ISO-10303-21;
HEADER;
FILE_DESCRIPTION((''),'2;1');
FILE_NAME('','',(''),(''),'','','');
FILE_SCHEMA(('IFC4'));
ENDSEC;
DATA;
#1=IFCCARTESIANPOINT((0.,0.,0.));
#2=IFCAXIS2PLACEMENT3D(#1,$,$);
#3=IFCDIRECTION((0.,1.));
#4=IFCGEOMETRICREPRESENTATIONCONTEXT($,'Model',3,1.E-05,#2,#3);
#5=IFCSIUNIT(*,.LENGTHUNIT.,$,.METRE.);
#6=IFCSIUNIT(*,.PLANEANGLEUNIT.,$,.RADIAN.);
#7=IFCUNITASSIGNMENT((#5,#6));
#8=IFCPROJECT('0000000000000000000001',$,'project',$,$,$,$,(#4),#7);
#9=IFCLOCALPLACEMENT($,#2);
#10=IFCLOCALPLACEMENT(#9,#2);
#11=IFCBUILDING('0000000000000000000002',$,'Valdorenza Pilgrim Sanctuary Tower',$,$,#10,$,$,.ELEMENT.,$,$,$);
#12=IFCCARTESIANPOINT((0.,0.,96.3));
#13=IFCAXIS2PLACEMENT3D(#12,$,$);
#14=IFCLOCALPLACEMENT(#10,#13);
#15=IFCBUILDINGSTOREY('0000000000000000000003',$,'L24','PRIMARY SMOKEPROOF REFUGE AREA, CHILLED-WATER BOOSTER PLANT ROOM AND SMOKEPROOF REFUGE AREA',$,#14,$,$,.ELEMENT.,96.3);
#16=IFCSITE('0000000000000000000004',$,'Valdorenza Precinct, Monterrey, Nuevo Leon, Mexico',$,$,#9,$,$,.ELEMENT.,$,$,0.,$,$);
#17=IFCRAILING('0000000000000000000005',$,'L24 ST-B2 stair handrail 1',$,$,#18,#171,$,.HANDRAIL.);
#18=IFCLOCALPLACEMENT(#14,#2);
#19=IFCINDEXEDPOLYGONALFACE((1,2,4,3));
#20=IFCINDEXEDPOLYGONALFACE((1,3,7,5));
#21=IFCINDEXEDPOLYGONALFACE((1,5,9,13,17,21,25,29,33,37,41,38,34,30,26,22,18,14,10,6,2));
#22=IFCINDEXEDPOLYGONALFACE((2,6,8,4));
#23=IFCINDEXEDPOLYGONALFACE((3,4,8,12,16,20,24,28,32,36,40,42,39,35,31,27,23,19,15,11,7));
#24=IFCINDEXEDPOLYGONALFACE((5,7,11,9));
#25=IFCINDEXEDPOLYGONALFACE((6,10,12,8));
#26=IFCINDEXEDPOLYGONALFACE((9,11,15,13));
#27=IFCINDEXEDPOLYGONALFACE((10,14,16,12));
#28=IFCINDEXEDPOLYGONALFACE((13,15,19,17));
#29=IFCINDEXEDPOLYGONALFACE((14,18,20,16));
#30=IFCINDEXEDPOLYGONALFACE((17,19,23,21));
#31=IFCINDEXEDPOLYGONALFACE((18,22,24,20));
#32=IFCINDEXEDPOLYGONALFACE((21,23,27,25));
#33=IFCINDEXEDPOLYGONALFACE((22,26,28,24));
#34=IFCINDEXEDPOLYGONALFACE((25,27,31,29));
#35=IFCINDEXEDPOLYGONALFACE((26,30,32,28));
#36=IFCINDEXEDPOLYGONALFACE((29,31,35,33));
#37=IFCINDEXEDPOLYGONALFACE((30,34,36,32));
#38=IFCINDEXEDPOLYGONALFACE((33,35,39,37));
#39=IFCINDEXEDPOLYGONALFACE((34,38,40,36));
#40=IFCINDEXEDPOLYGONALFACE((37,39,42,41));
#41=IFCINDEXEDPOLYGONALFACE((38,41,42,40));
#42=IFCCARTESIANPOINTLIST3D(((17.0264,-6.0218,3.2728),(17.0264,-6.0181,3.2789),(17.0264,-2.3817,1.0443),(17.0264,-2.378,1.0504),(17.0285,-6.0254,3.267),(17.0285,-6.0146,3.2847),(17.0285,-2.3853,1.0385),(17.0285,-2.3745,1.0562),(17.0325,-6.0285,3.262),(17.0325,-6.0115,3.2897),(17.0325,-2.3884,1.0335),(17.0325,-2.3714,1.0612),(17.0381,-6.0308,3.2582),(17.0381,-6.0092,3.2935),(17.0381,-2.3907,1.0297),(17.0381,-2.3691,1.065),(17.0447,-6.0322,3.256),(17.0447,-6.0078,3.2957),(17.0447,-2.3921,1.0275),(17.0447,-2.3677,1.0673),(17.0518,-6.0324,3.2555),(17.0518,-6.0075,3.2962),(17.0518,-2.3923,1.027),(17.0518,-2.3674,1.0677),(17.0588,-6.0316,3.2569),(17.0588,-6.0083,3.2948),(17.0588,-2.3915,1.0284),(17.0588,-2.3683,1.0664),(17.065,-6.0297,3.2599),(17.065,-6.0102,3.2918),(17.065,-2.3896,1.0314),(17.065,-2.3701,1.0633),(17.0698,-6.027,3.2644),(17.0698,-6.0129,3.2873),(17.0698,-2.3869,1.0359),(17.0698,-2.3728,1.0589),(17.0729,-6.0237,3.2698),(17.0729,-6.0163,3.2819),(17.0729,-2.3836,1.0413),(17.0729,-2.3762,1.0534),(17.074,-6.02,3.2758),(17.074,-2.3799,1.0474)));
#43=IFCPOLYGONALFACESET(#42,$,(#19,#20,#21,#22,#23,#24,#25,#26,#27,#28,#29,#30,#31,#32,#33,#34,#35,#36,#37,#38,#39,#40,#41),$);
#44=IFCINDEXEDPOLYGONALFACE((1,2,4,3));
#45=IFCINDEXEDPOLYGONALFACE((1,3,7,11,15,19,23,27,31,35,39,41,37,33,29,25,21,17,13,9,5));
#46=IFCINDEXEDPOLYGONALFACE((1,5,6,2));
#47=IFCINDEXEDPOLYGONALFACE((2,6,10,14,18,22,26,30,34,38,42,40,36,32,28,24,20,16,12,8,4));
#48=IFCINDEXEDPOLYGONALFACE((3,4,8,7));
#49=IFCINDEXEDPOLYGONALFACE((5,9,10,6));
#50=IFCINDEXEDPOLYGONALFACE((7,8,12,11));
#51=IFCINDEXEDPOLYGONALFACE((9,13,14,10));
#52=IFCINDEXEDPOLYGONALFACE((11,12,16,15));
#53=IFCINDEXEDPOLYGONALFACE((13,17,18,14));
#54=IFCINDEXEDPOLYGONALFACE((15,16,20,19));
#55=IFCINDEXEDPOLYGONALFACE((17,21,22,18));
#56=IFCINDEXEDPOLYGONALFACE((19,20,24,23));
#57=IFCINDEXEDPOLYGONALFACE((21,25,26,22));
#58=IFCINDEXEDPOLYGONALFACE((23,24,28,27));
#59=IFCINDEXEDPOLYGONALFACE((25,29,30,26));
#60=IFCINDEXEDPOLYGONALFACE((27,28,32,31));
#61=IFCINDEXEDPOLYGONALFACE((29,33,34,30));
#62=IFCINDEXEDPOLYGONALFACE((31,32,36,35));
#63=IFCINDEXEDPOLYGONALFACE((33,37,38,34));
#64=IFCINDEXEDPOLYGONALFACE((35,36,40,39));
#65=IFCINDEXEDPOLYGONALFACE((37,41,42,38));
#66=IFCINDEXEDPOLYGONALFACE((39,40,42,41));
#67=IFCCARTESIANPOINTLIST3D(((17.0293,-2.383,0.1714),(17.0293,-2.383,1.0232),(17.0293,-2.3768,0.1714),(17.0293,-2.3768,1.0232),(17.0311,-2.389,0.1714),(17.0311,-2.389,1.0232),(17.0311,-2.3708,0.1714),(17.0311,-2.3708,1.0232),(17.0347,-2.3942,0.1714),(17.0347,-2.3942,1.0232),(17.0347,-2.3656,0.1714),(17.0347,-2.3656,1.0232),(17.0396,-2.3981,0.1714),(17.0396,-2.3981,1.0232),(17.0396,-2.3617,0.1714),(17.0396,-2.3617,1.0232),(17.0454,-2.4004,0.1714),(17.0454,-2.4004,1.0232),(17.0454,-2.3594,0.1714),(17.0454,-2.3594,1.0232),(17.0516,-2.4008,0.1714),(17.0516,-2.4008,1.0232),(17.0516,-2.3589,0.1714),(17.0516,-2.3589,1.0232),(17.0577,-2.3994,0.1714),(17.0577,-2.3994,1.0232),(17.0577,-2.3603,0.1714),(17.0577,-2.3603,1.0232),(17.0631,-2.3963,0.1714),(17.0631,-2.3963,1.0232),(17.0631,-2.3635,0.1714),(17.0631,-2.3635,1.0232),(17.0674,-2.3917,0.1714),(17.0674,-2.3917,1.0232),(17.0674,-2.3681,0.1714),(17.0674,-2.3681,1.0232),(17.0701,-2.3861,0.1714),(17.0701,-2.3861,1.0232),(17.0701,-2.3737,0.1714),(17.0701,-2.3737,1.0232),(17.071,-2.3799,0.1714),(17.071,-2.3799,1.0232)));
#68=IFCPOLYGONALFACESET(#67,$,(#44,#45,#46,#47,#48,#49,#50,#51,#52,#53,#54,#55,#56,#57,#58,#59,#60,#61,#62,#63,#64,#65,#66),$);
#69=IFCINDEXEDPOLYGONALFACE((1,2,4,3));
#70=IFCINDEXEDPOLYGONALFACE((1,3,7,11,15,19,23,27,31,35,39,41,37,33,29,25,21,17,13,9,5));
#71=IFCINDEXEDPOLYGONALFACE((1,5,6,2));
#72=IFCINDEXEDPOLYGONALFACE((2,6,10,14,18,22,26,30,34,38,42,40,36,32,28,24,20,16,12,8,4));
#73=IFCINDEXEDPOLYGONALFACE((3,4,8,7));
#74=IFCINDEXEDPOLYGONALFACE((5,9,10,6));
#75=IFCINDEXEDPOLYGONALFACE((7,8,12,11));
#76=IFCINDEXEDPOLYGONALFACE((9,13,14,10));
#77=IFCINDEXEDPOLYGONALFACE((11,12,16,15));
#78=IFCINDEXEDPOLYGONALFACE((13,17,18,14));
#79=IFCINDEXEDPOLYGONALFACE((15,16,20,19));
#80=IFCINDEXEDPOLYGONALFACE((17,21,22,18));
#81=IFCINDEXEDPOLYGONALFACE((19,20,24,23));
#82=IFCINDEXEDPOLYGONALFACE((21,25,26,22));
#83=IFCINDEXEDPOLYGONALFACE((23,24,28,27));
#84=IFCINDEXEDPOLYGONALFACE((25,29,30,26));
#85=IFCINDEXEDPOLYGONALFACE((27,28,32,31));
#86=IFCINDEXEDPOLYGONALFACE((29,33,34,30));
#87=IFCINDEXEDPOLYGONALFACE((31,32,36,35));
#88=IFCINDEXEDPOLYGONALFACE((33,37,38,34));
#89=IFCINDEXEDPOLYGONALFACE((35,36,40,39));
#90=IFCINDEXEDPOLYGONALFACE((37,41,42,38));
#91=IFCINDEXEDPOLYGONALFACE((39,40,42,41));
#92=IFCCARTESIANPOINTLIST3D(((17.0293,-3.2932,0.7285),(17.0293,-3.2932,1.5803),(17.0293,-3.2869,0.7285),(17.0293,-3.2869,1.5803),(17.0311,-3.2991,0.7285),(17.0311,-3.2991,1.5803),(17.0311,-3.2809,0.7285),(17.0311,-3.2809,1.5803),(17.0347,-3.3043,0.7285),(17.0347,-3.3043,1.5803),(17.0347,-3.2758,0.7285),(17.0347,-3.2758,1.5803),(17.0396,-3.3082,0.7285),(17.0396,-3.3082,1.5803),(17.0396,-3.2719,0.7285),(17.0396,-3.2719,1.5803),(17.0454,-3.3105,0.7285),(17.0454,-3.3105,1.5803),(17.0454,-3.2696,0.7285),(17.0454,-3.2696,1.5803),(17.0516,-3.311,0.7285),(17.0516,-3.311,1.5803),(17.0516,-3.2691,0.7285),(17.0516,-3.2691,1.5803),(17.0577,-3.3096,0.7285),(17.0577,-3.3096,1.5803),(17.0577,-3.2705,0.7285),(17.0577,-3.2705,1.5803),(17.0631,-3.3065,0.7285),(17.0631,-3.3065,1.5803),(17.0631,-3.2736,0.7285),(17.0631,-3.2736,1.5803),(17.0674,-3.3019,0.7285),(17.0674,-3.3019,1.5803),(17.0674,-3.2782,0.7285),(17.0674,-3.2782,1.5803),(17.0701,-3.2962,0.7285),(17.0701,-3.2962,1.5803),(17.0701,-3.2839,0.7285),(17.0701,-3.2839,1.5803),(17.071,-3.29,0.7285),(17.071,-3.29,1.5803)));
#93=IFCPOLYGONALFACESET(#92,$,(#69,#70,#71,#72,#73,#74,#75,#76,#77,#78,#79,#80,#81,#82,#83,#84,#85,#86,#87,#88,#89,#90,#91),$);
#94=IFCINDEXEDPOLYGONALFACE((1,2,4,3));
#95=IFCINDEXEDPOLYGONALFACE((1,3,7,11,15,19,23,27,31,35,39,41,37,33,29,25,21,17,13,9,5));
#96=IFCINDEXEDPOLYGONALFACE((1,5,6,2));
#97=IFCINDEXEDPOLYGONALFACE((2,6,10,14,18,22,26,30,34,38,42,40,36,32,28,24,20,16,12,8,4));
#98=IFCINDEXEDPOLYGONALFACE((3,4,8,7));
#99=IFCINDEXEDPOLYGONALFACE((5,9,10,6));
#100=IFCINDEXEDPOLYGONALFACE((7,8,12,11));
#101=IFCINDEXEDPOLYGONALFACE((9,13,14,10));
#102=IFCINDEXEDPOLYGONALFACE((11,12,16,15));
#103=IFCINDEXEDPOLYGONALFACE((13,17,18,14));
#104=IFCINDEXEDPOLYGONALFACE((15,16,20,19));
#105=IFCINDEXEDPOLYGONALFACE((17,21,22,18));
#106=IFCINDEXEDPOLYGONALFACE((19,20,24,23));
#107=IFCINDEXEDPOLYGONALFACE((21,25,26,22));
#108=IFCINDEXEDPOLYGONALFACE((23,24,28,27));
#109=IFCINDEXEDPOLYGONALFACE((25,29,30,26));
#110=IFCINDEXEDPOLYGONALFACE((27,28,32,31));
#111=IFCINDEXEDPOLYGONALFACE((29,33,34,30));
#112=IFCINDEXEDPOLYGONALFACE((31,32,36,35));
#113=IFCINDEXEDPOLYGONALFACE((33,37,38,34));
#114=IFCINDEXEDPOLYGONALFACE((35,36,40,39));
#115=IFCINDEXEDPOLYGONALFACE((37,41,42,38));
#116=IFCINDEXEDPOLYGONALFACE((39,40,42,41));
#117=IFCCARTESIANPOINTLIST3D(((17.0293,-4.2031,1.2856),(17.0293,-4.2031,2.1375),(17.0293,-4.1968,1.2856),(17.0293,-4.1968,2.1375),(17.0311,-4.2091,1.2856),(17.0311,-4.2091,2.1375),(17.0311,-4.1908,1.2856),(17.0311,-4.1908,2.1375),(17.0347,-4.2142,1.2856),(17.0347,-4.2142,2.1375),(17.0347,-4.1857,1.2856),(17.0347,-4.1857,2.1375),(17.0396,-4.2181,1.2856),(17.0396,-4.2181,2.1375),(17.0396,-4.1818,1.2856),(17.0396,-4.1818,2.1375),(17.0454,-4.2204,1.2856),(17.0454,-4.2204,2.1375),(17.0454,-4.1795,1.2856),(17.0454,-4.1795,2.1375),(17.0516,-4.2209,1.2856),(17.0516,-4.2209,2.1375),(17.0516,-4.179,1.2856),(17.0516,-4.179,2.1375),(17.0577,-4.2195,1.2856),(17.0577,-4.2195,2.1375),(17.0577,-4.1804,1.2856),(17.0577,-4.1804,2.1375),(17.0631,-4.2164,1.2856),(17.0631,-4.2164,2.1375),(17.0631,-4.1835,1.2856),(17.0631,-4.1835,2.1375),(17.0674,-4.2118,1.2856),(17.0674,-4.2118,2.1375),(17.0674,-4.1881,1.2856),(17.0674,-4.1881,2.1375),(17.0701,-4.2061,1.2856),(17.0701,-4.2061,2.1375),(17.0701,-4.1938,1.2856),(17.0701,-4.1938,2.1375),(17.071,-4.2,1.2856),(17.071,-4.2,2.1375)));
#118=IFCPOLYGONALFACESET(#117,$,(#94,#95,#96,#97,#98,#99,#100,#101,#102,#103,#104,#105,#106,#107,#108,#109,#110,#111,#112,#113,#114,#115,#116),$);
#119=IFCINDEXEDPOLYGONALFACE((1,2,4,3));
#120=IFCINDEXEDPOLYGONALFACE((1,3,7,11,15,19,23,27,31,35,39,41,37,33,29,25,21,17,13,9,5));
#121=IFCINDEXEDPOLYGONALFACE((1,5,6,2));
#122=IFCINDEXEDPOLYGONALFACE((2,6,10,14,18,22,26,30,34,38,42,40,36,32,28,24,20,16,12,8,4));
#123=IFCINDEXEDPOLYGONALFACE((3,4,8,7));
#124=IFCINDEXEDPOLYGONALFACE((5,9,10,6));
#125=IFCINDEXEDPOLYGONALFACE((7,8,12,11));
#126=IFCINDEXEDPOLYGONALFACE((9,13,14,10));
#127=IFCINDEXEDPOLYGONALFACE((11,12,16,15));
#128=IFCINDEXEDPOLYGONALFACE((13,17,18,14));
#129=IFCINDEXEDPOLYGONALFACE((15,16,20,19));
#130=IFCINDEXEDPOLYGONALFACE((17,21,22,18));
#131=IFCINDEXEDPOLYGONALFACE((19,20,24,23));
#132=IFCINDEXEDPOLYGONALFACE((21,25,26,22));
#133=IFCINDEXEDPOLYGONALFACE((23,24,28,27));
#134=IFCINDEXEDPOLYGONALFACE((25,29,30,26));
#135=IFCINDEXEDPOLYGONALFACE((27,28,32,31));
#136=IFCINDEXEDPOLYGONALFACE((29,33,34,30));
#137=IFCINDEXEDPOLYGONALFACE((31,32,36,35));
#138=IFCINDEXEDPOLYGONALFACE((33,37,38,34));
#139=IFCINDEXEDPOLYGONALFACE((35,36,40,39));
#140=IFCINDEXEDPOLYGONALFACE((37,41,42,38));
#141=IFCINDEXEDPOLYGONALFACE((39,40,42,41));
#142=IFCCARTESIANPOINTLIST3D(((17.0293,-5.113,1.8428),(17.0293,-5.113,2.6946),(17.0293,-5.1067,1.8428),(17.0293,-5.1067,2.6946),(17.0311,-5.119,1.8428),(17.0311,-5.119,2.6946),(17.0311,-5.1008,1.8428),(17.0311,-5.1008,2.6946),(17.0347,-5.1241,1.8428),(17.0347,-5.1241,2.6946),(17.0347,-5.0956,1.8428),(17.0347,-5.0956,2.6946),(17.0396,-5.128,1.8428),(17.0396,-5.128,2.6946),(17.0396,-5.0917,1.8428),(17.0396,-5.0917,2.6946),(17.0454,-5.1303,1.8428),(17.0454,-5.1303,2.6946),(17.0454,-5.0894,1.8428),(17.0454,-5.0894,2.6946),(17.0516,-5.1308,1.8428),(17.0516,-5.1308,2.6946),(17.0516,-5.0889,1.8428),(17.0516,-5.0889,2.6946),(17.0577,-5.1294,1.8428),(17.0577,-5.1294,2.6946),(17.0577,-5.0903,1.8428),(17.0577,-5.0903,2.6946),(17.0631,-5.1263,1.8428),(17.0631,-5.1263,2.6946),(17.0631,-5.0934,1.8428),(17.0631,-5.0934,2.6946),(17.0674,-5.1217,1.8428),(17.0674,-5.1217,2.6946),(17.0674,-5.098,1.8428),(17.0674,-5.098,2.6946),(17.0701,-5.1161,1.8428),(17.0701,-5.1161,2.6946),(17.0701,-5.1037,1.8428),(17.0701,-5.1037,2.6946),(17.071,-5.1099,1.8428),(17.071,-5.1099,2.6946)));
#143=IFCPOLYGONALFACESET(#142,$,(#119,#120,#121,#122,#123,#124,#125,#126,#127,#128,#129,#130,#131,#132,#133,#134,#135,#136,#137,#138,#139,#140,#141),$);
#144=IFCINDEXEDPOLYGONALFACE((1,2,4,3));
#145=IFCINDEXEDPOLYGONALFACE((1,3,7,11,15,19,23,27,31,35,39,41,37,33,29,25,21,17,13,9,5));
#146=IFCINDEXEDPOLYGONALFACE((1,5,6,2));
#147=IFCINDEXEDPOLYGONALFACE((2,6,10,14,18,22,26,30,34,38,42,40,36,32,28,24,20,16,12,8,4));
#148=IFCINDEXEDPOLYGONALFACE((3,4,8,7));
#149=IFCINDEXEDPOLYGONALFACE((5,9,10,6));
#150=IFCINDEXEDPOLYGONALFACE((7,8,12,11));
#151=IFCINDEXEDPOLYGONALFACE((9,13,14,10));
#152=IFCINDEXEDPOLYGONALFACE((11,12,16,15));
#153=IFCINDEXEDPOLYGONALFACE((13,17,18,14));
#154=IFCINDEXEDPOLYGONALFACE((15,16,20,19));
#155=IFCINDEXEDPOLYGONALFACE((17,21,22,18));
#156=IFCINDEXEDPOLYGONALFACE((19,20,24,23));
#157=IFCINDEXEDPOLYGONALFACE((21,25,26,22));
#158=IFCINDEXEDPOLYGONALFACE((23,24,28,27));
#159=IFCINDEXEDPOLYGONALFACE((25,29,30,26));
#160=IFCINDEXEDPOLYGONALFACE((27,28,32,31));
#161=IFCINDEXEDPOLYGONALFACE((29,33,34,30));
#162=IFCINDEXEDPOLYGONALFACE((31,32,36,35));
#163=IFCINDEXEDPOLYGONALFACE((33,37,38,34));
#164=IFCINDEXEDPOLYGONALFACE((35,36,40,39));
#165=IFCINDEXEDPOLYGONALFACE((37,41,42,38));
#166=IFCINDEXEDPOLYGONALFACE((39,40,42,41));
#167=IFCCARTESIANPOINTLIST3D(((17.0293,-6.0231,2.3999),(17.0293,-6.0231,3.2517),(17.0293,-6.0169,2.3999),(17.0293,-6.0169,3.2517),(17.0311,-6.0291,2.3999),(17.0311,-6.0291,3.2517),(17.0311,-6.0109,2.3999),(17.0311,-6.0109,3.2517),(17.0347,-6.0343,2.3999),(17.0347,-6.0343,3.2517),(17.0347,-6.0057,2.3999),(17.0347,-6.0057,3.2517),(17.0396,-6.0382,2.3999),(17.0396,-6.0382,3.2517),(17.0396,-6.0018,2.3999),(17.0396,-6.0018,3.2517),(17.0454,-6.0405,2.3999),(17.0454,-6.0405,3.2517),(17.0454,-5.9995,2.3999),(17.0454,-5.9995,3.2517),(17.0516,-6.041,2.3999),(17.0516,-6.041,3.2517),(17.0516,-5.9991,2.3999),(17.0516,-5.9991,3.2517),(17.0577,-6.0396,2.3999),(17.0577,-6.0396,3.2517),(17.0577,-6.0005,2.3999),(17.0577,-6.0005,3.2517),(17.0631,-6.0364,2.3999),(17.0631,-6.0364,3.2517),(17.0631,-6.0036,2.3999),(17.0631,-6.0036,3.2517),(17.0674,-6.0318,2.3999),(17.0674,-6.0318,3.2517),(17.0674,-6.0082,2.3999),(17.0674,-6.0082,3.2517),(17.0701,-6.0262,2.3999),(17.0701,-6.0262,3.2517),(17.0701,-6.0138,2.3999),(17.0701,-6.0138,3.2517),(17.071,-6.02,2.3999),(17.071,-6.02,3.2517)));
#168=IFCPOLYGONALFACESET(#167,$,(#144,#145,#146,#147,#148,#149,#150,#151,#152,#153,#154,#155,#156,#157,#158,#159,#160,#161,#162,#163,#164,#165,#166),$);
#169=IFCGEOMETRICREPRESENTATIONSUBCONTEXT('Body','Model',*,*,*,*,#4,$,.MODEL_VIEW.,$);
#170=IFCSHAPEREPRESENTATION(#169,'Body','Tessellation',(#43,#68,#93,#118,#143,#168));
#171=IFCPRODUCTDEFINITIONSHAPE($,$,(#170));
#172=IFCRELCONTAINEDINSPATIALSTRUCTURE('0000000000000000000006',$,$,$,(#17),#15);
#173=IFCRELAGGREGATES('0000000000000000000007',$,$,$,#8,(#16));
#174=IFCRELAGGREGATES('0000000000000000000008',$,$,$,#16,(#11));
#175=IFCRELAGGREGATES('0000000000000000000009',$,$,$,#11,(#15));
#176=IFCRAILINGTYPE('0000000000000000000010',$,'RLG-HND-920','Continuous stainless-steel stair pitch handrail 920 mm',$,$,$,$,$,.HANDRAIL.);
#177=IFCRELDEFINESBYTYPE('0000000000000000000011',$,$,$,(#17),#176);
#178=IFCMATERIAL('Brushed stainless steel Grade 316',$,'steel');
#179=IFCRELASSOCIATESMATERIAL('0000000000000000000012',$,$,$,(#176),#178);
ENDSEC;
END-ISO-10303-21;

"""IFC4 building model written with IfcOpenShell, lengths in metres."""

from ifc_helpers import new_model, si_unit, direction, frame, origin, origin_2d, place, context, subcontext, project, spatial, circle, extrude, material, type_object, element, save


model = new_model("IFC4")

# Units and contexts
model_context = context("Model", 3, precision=1e-05, world=origin(), true_north=direction((0.0, 1.0)))
body_context = subcontext(model_context, "Body", "Model", "MODEL_VIEW")
ifc_project = project(units=[si_unit("LENGTHUNIT", "METRE"), si_unit("PLANEANGLEUNIT", "RADIAN")], contexts=[model_context])

# Site, building, storey
site_placement = place(None, origin())
site = spatial("IfcSite", under=ifc_project, at=site_placement, Name="Valdorenza Precinct, Monterrey, Nuevo Leon, Mexico", CompositionType="ELEMENT", RefElevation=0.0)
building_placement = place(site_placement, origin())
building = spatial("IfcBuilding", under=site, at=building_placement, Name="Valdorenza Pilgrim Sanctuary Tower", CompositionType="ELEMENT")
storey_placement = place(building_placement, frame((0.0, 0.0, 96.3)))
storey = spatial("IfcBuildingStorey", under=building, at=storey_placement, Name="L24", Description="PRIMARY SMOKEPROOF REFUGE AREA, CHILLED-WATER BOOSTER PLANT ROOM AND SMOKEPROOF REFUGE AREA", CompositionType="ELEMENT", Elevation=96.3)

# Railing
ifc_material_1 = material(Name="Brushed stainless steel Grade 316", Category="steel")
railing_type_1 = type_object("IfcRailingType", Name="RLG-HND-920", Description="Continuous stainless-steel stair pitch handrail 920 mm", PredefinedType="HANDRAIL", material=ifc_material_1)
railing_1_placement = place(storey_placement, frame((17.05, -2.3799, 0.1714)))
element("IfcRailing", 1, at=railing_1_placement, inside=storey, type_object=railing_type_1, Name="L24 ST-B2 stair handrail 1", PredefinedType="HANDRAIL", context=body_context, shape_type="SweptSolid", body=[
    extrude(circle(Radius=0.0239, at=origin_2d()), frame((0.0, 0.0, 0.876), z_axis=(0.0, -0.852866, 0.52213), x_axis=(1.0, 0.0, 0.0)), (0.0, 0.0, 1.0), 4.2681),
    extrude(circle(Radius=0.021, at=origin_2d()), origin(), (0.0, 0.0, 1.0), 0.8518),
    extrude(circle(Radius=0.021, at=origin_2d()), frame((0.0, -0.9102, 0.5571)), (0.0, 0.0, 1.0), 0.8518),
    extrude(circle(Radius=0.021, at=origin_2d()), frame((0.0, -1.8201, 1.1143)), (0.0, 0.0, 1.0), 0.8518),
    extrude(circle(Radius=0.021, at=origin_2d()), frame((0.0, -2.73, 1.6714)), (0.0, 0.0, 1.0), 0.8518),
    extrude(circle(Radius=0.021, at=origin_2d()), frame((0.0, -3.6401, 2.2285)), (0.0, 0.0, 1.0), 0.8518),
])

save(model, "model.ifc")
